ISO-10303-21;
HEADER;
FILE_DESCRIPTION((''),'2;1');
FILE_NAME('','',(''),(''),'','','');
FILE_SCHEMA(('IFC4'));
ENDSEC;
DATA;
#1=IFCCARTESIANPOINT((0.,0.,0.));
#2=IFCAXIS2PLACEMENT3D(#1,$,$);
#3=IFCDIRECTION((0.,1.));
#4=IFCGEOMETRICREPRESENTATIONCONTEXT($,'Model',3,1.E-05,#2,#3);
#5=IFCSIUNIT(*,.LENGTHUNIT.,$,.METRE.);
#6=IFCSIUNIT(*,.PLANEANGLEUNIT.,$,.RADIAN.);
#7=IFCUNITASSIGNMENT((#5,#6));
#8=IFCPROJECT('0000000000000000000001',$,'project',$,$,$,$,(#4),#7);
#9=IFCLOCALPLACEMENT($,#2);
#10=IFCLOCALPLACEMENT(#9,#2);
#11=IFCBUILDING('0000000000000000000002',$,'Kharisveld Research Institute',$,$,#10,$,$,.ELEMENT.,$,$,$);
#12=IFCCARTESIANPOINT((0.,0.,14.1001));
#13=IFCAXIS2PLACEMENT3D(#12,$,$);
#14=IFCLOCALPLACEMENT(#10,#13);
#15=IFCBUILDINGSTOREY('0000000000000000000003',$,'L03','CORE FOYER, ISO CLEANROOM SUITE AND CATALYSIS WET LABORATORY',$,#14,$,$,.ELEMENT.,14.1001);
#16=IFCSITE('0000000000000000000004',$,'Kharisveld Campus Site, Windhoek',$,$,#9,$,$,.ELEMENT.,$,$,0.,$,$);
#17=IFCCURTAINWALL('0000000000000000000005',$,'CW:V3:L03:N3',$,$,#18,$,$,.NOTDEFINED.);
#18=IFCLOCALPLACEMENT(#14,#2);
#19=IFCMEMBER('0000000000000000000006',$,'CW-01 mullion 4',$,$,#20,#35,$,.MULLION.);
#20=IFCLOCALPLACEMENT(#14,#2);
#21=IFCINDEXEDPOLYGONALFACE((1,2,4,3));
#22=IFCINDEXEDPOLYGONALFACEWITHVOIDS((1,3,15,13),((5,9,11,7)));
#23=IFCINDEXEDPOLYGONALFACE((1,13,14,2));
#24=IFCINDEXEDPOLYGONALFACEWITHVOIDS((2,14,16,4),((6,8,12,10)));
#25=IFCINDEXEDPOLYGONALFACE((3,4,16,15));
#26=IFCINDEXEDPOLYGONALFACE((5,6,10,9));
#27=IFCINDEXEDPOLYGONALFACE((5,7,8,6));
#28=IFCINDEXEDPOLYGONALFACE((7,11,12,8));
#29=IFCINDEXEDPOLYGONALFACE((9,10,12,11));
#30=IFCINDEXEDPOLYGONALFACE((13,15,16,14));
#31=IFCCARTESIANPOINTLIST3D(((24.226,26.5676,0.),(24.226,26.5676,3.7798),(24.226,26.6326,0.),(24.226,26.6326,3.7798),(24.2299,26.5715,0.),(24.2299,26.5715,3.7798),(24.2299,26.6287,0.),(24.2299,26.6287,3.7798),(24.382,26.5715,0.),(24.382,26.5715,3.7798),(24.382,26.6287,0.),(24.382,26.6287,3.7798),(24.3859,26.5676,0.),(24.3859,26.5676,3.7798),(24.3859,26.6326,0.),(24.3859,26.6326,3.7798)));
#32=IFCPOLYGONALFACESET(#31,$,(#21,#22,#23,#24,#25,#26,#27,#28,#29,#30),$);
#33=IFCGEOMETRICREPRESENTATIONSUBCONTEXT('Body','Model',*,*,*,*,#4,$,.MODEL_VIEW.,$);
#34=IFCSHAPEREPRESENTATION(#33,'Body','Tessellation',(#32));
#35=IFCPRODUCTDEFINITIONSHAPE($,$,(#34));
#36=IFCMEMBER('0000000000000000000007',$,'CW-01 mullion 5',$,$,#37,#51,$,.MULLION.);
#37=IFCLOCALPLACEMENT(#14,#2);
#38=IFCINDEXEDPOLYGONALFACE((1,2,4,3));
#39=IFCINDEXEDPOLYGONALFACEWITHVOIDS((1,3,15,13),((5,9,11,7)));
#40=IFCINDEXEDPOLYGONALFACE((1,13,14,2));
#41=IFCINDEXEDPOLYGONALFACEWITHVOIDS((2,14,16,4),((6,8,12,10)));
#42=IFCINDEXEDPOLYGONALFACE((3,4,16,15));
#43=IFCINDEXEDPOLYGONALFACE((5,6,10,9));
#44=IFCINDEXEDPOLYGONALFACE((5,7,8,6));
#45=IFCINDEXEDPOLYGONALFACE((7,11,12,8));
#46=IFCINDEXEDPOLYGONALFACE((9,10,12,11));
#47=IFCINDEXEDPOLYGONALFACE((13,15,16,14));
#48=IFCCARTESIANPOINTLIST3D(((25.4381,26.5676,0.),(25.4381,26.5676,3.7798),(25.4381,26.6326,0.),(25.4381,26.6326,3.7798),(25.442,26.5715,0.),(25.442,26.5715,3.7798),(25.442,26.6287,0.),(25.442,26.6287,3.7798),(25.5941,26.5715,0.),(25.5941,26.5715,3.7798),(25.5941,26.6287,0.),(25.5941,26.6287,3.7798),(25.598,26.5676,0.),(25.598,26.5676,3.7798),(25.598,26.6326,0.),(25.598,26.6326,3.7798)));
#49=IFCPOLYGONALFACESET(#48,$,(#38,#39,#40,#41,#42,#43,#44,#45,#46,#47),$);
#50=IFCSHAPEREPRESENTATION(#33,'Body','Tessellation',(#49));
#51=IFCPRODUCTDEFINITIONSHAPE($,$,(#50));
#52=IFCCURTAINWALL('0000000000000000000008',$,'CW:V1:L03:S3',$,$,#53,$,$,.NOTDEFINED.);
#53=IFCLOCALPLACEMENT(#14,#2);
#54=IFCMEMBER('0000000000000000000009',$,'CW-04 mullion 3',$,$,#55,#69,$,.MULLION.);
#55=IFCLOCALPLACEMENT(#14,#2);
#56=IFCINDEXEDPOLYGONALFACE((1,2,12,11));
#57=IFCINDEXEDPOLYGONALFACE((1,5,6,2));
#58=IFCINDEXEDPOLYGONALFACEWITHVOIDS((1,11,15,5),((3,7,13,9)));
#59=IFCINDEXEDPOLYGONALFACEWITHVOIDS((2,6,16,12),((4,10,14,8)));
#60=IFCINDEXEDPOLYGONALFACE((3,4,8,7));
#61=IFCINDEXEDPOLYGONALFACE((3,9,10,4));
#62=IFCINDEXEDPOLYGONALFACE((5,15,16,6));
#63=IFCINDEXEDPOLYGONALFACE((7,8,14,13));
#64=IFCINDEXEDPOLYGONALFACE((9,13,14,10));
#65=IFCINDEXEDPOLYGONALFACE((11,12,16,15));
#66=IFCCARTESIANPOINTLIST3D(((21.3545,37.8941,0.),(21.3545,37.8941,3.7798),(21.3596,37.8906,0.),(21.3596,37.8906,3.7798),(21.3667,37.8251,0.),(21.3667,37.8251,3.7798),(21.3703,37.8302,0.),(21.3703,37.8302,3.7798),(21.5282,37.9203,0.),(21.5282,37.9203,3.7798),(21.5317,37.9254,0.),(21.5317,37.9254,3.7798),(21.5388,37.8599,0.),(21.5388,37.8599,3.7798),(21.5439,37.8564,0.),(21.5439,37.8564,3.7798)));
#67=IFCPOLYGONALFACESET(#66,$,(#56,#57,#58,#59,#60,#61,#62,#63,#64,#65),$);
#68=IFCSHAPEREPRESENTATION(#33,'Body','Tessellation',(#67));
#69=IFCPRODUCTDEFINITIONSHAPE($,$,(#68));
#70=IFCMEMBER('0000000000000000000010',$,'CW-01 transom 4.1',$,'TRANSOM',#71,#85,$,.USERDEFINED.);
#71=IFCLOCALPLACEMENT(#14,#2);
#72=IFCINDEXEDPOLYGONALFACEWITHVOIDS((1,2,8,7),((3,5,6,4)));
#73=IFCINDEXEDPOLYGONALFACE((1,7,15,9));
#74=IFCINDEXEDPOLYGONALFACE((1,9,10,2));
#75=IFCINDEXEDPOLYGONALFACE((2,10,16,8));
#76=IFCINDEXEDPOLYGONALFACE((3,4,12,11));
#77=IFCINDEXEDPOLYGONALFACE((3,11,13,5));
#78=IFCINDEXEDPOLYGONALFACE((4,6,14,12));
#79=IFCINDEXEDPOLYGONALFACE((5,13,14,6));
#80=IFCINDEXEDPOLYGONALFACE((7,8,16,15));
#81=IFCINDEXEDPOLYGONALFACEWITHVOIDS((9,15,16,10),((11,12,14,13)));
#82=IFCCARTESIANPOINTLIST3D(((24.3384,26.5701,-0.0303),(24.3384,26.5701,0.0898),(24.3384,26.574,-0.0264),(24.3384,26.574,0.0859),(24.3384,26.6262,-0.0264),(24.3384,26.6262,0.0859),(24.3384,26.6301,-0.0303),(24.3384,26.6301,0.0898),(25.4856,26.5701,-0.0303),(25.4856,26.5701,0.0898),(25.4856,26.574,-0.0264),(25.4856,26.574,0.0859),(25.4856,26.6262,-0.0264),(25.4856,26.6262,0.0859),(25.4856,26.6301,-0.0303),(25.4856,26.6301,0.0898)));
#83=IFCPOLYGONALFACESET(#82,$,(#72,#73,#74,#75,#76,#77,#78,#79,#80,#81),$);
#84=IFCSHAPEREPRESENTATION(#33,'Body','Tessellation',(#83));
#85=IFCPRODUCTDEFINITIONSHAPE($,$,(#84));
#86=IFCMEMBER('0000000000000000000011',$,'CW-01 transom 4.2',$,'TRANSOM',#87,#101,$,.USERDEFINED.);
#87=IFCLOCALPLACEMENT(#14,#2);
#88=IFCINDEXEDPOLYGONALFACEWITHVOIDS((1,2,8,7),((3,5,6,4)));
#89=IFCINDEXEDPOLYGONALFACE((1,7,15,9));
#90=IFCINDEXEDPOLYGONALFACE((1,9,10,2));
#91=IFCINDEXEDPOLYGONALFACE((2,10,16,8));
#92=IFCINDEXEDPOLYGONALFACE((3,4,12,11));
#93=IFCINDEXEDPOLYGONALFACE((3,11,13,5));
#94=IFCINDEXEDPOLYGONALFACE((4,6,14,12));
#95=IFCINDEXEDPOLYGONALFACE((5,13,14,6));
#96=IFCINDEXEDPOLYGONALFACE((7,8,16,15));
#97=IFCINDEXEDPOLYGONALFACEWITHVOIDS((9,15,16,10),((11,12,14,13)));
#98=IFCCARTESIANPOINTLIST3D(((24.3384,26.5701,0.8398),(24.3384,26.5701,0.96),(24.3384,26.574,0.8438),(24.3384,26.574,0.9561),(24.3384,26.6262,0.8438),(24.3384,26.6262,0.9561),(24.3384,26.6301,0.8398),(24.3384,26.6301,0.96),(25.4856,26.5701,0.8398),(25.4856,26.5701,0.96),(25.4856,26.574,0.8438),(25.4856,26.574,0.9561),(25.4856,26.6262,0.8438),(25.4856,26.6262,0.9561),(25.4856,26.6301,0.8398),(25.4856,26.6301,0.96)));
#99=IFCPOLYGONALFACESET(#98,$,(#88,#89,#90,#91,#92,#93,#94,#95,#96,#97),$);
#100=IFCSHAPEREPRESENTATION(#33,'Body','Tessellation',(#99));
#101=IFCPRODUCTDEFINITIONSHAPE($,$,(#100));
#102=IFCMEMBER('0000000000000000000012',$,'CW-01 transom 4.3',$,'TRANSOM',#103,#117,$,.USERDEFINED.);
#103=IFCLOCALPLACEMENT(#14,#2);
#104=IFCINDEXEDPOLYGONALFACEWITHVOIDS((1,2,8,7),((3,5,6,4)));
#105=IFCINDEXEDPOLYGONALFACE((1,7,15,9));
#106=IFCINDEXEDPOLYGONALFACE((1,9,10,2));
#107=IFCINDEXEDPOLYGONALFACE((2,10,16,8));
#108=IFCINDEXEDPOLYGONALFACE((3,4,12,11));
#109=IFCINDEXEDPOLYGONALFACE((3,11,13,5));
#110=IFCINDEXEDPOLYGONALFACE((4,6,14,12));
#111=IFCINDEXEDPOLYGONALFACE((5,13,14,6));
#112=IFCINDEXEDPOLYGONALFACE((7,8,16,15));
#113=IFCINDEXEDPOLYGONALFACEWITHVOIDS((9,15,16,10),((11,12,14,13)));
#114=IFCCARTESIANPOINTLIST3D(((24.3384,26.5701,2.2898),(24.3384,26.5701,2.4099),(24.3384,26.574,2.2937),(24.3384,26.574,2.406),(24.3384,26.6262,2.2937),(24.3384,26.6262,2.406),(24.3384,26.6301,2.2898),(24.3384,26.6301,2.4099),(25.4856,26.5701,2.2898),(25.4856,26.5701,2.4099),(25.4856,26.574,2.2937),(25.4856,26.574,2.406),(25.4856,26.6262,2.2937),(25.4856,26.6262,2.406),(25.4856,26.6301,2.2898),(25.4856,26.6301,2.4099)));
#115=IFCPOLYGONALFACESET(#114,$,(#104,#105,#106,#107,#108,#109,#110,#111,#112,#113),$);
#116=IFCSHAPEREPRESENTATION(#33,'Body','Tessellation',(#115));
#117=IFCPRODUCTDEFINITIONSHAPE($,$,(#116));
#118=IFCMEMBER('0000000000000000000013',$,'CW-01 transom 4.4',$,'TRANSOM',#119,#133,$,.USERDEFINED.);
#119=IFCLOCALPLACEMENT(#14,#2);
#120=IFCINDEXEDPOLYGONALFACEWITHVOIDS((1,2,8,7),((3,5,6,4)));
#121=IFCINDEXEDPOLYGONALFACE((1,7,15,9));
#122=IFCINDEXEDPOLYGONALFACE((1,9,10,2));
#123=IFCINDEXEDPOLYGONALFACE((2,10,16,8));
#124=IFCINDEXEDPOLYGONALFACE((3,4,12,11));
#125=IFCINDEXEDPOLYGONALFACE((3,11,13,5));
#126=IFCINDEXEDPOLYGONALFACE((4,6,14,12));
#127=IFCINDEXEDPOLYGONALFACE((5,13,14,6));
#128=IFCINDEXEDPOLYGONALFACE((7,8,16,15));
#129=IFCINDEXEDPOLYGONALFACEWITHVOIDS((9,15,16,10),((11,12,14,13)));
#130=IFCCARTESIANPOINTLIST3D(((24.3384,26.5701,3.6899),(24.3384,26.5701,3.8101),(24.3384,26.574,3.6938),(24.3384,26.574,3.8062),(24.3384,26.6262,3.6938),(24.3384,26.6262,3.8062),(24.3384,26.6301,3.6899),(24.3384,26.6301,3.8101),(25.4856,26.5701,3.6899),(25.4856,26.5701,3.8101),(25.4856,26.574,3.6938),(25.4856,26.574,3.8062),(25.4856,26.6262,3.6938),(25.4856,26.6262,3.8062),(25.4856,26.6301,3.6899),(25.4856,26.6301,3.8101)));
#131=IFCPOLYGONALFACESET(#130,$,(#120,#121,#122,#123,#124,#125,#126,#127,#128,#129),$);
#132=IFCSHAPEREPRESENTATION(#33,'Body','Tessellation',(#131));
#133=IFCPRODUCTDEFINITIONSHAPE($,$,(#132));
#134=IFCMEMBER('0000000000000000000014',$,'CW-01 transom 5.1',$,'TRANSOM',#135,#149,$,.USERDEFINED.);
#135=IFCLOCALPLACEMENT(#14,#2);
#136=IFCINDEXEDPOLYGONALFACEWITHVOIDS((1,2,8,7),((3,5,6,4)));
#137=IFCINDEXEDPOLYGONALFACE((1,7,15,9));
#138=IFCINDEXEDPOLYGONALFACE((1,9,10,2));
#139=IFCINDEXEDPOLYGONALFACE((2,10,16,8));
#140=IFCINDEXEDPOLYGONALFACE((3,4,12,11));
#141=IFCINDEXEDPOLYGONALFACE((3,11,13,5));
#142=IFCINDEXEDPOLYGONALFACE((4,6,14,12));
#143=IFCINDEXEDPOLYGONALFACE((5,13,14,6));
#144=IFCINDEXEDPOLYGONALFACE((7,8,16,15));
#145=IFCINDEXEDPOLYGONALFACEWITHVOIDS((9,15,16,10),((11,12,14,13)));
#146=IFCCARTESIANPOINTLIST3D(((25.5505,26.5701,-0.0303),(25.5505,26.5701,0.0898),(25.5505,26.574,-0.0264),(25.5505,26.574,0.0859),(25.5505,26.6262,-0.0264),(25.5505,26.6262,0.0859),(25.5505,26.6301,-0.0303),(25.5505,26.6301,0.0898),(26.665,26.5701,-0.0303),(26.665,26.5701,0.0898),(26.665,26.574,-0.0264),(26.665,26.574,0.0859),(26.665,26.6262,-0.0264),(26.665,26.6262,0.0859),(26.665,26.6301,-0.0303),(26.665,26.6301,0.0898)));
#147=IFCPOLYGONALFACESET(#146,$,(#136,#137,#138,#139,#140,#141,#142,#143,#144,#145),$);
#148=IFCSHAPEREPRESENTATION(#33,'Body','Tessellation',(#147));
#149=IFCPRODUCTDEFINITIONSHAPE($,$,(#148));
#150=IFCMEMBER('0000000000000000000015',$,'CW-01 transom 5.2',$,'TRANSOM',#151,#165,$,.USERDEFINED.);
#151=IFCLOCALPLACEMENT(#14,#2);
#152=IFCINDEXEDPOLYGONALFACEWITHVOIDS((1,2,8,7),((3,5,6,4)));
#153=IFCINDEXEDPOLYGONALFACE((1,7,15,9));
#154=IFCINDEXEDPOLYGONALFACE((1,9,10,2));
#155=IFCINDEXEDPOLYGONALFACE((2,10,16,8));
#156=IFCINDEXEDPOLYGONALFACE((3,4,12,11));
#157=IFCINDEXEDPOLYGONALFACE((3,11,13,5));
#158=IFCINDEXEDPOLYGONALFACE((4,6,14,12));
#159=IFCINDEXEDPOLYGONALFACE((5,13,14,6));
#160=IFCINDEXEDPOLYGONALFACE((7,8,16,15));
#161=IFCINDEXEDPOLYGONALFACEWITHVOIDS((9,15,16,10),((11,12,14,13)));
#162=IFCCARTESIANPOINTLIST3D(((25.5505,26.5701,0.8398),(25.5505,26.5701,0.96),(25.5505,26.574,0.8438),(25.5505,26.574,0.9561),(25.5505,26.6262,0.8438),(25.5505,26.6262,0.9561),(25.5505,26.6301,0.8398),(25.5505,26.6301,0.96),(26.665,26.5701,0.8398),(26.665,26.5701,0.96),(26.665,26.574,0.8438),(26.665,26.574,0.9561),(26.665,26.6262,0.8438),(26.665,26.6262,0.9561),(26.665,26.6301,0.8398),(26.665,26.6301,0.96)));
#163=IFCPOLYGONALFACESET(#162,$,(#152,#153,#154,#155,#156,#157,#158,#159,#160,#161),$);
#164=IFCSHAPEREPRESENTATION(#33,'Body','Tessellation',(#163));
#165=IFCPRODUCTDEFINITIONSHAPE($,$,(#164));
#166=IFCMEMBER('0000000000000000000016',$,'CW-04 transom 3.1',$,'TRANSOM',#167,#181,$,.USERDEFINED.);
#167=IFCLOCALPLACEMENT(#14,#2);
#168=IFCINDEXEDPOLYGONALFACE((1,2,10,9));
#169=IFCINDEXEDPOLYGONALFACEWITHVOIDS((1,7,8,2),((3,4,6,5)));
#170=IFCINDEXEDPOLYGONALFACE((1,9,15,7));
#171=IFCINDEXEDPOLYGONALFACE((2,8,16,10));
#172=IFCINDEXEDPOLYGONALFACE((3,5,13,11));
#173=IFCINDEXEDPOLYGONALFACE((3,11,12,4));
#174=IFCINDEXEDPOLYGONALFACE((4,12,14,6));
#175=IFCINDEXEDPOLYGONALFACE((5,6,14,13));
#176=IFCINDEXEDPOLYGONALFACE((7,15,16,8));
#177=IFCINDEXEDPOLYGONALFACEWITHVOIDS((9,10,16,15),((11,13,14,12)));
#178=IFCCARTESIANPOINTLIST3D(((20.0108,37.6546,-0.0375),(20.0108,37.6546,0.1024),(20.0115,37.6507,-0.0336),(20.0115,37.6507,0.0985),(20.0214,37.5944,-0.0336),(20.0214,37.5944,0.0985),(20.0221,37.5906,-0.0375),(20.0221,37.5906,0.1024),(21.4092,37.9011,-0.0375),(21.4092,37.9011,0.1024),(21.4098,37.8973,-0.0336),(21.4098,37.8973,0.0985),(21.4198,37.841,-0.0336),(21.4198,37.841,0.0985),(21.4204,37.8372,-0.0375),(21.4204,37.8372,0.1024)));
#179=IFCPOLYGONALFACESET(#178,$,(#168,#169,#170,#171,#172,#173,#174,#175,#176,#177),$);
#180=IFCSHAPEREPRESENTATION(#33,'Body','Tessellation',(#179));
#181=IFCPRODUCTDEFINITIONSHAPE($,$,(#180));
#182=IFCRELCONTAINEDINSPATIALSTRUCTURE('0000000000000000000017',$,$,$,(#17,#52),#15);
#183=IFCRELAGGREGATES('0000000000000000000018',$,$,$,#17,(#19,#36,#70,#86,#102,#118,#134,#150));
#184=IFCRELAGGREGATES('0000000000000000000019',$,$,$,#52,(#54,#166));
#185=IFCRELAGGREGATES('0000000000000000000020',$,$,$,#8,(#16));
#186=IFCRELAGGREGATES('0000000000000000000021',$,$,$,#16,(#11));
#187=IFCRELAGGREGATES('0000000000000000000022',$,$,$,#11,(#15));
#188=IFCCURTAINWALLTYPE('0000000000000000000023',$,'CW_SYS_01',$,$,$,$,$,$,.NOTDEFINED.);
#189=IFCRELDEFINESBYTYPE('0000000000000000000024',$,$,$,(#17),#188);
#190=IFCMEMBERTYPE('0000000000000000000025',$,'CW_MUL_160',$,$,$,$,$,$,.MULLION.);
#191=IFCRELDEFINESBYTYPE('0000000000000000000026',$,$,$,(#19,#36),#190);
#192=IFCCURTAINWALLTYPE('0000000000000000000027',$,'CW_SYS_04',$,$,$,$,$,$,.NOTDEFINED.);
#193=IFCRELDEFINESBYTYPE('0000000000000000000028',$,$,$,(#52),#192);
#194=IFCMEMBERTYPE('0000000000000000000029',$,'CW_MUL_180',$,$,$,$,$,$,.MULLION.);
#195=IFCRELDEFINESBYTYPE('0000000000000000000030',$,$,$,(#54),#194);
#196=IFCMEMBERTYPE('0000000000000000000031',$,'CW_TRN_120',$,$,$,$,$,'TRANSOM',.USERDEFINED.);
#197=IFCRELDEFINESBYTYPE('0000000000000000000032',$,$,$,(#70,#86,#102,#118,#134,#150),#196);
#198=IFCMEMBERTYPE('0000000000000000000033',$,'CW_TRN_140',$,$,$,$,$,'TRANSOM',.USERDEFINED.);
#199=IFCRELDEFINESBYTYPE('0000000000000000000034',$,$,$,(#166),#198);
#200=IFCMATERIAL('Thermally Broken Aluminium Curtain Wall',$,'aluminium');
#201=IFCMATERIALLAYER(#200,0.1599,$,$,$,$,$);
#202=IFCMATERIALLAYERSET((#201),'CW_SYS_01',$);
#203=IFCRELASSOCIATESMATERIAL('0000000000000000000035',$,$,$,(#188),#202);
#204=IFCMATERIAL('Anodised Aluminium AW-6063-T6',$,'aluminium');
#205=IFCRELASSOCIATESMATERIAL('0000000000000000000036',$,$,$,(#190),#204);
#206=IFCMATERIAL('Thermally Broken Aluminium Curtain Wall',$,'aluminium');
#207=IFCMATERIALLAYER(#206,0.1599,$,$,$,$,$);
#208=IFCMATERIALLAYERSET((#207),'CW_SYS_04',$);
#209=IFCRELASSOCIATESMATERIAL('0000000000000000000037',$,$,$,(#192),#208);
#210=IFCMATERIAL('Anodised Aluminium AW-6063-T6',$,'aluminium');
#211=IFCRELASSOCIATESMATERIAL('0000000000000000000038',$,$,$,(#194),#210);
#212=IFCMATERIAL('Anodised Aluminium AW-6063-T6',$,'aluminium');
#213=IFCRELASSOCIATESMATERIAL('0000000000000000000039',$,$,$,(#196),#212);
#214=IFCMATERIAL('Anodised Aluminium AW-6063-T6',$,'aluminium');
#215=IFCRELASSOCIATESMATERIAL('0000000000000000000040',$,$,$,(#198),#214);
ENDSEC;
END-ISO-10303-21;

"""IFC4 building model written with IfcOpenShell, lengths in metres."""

from ifc_helpers import new_model, si_unit, direction, frame, origin, origin_2d, place, context, subcontext, project, spatial, hollow_rectangle, extrude, material, layer, layer_set, material_profile, profile_set, type_object, element, aggregate, save


model = new_model("IFC4")

# Units and contexts
model_context = context("Model", 3, precision=1e-05, world=origin(), true_north=direction((0.0, 1.0)))
body_context = subcontext(model_context, "Body", "Model", "MODEL_VIEW")
ifc_project = project(units=[si_unit("LENGTHUNIT", "METRE"), si_unit("PLANEANGLEUNIT", "RADIAN")], contexts=[model_context])

# Site, building, storey
site_placement = place(None, origin())
site = spatial("IfcSite", under=ifc_project, at=site_placement, Name="Kharisveld Campus Site, Windhoek", CompositionType="ELEMENT", RefElevation=0.0)
building_placement = place(site_placement, origin())
building = spatial("IfcBuilding", under=site, at=building_placement, Name="Kharisveld Research Institute", CompositionType="ELEMENT")
storey_placement = place(building_placement, frame((0.0, 0.0, 14.1001)))
storey = spatial("IfcBuildingStorey", under=building, at=storey_placement, Name="L03", Description="CORE FOYER, ISO CLEANROOM SUITE AND CATALYSIS WET LABORATORY", CompositionType="ELEMENT", Elevation=14.1001)

# Curtain wall, members
ifc_material_1 = material(Name="Thermally Broken Aluminium Curtain Wall", Category="aluminium")
ifc_layer_1 = layer(ifc_material_1, 0.1599)
ifc_layer_set_1 = layer_set([ifc_layer_1], Name="CW_SYS_01")
curtain_wall_type_1 = type_object("IfcCurtainWallType", Name="CW_SYS_01", PredefinedType="NOTDEFINED", material=ifc_layer_set_1)
curtain_wall_1_placement = place(storey_placement, origin())
curtain_wall_1 = element("IfcCurtainWall", 1, at=curtain_wall_1_placement, inside=storey, type_object=curtain_wall_type_1, Name="CW:V3:L03:N3", PredefinedType="NOTDEFINED")
ifc_material_2 = material(Name="Anodised Aluminium AW-6063-T6", Category="aluminium")
ifc_material_profile_1 = material_profile(ifc_material_2, hollow_rectangle(XDim=0.0649, YDim=0.1599, WallThickness=0.0039, at=origin_2d()))
ifc_profile_set_1 = profile_set([ifc_material_profile_1], Name="Anodised Aluminium AW-6063-T6")
member_type_1 = type_object("IfcMemberType", Name="CW_MUL_160", PredefinedType="MULLION", material=ifc_profile_set_1)
member_1_placement = place(storey_placement, frame((24.3059, 26.6001, 0.0), z_axis=(0.0, 0.0, 1.0), x_axis=(0.0, 1.0, 0.0)))
member_1 = element("IfcMember", 2, at=member_1_placement, type_object=member_type_1, Name="CW-01 mullion 4", PredefinedType="MULLION", context=body_context, shape_type="SweptSolid", body=[
    extrude(hollow_rectangle(XDim=0.0649, YDim=0.1599, WallThickness=0.0039, at=origin_2d()), origin(), (0.0, 0.0, 1.0), 3.7798),
])
member_2_placement = place(storey_placement, frame((25.5181, 26.6001, 0.0), z_axis=(0.0, 0.0, 1.0), x_axis=(0.0, 1.0, 0.0)))
member_2 = element("IfcMember", 3, at=member_2_placement, type_object=member_type_1, Name="CW-01 mullion 5", PredefinedType="MULLION", context=body_context, shape_type="SweptSolid", body=[
    extrude(hollow_rectangle(XDim=0.0649, YDim=0.1599, WallThickness=0.0039, at=origin_2d()), origin(), (0.0, 0.0, 1.0), 3.7798),
])

# Curtain wall, member
ifc_material_3 = material(Name="Thermally Broken Aluminium Curtain Wall", Category="aluminium")
ifc_layer_2 = layer(ifc_material_3, 0.1599)
ifc_layer_set_2 = layer_set([ifc_layer_2], Name="CW_SYS_04")
curtain_wall_type_2 = type_object("IfcCurtainWallType", Name="CW_SYS_04", PredefinedType="NOTDEFINED", material=ifc_layer_set_2)
curtain_wall_2_placement = place(storey_placement, origin())
curtain_wall_2 = element("IfcCurtainWall", 4, at=curtain_wall_2_placement, inside=storey, type_object=curtain_wall_type_2, Name="CW:V1:L03:S3", PredefinedType="NOTDEFINED")
ifc_material_4 = material(Name="Anodised Aluminium AW-6063-T6", Category="aluminium")
ifc_material_profile_2 = material_profile(ifc_material_4, hollow_rectangle(XDim=0.0701, YDim=0.1799, WallThickness=0.0044, at=origin_2d()))
ifc_profile_set_2 = profile_set([ifc_material_profile_2], Name="Anodised Aluminium AW-6063-T6")
member_type_2 = type_object("IfcMemberType", Name="CW_MUL_180", PredefinedType="MULLION", material=ifc_profile_set_2)
member_3_placement = place(storey_placement, frame((21.4492, 37.8752, 0.0), z_axis=(0.0, 0.0, 1.0), x_axis=(0.173648, -0.984808, 0.0)))
member_3 = element("IfcMember", 5, at=member_3_placement, type_object=member_type_2, Name="CW-04 mullion 3", PredefinedType="MULLION", context=body_context, shape_type="SweptSolid", body=[
    extrude(hollow_rectangle(XDim=0.0701, YDim=0.1799, WallThickness=0.0044, at=origin_2d()), origin(), (0.0, 0.0, 1.0), 3.7798),
])

# Members
ifc_material_5 = material(Name="Anodised Aluminium AW-6063-T6", Category="aluminium")
ifc_material_profile_3 = material_profile(ifc_material_5, hollow_rectangle(XDim=0.0601, YDim=0.1201, WallThickness=0.0039, at=origin_2d()))
ifc_profile_set_3 = profile_set([ifc_material_profile_3], Name="Anodised Aluminium AW-6063-T6")
member_type_3 = type_object("IfcMemberType", Name="CW_TRN_120", ElementType="TRANSOM", PredefinedType="USERDEFINED", material=ifc_profile_set_3)
member_4_placement = place(storey_placement, frame((24.3384, 26.6001, 0.0298), z_axis=(1.0, 0.0, 0.0), x_axis=(0.0, 1.0, 0.0)))
member_4 = element("IfcMember", 6, at=member_4_placement, type_object=member_type_3, Name="CW-01 transom 4.1", ObjectType="TRANSOM", PredefinedType="USERDEFINED", context=body_context, shape_type="SweptSolid", body=[
    extrude(hollow_rectangle(XDim=0.0601, YDim=0.1201, WallThickness=0.0039, at=origin_2d()), origin(), (0.0, 0.0, 1.0), 1.1472),
])
member_5_placement = place(storey_placement, frame((24.3384, 26.6001, 0.8999), z_axis=(1.0, 0.0, 0.0), x_axis=(0.0, 1.0, 0.0)))
member_5 = element("IfcMember", 7, at=member_5_placement, type_object=member_type_3, Name="CW-01 transom 4.2", ObjectType="TRANSOM", PredefinedType="USERDEFINED", context=body_context, shape_type="SweptSolid", body=[
    extrude(hollow_rectangle(XDim=0.0601, YDim=0.1201, WallThickness=0.0039, at=origin_2d()), origin(), (0.0, 0.0, 1.0), 1.1472),
])
member_6_placement = place(storey_placement, frame((24.3384, 26.6001, 2.3499), z_axis=(1.0, 0.0, 0.0), x_axis=(0.0, 1.0, 0.0)))
member_6 = element("IfcMember", 8, at=member_6_placement, type_object=member_type_3, Name="CW-01 transom 4.3", ObjectType="TRANSOM", PredefinedType="USERDEFINED", context=body_context, shape_type="SweptSolid", body=[
    extrude(hollow_rectangle(XDim=0.0601, YDim=0.1201, WallThickness=0.0039, at=origin_2d()), origin(), (0.0, 0.0, 1.0), 1.1472),
])
member_7_placement = place(storey_placement, frame((24.3384, 26.6001, 3.75), z_axis=(1.0, 0.0, 0.0), x_axis=(0.0, 1.0, 0.0)))
member_7 = element("IfcMember", 9, at=member_7_placement, type_object=member_type_3, Name="CW-01 transom 4.4", ObjectType="TRANSOM", PredefinedType="USERDEFINED", context=body_context, shape_type="SweptSolid", body=[
    extrude(hollow_rectangle(XDim=0.0601, YDim=0.1201, WallThickness=0.0039, at=origin_2d()), origin(), (0.0, 0.0, 1.0), 1.1472),
])
member_8_placement = place(storey_placement, frame((25.5505, 26.6001, 0.0298), z_axis=(1.0, 0.0, 0.0), x_axis=(0.0, 1.0, 0.0)))
member_8 = element("IfcMember", 10, at=member_8_placement, type_object=member_type_3, Name="CW-01 transom 5.1", ObjectType="TRANSOM", PredefinedType="USERDEFINED", context=body_context, shape_type="SweptSolid", body=[
    extrude(hollow_rectangle(XDim=0.0601, YDim=0.1201, WallThickness=0.0039, at=origin_2d()), origin(), (0.0, 0.0, 1.0), 1.1145),
])
member_9_placement = place(storey_placement, frame((25.5505, 26.6001, 0.8999), z_axis=(1.0, 0.0, 0.0), x_axis=(0.0, 1.0, 0.0)))
member_9 = element("IfcMember", 11, at=member_9_placement, type_object=member_type_3, Name="CW-01 transom 5.2", ObjectType="TRANSOM", PredefinedType="USERDEFINED", context=body_context, shape_type="SweptSolid", body=[
    extrude(hollow_rectangle(XDim=0.0601, YDim=0.1201, WallThickness=0.0039, at=origin_2d()), origin(), (0.0, 0.0, 1.0), 1.1145),
])
ifc_material_6 = material(Name="Anodised Aluminium AW-6063-T6", Category="aluminium")
ifc_material_profile_4 = material_profile(ifc_material_6, hollow_rectangle(XDim=0.0649, YDim=0.1399, WallThickness=0.0039, at=origin_2d()))
ifc_profile_set_4 = profile_set([ifc_material_profile_4], Name="Anodised Aluminium AW-6063-T6")
member_type_4 = type_object("IfcMemberType", Name="CW_TRN_140", ElementType="TRANSOM", PredefinedType="USERDEFINED", material=ifc_profile_set_4)
member_10_placement = place(storey_placement, frame((21.4148, 37.8691, 0.0325), z_axis=(-0.984808, -0.173648, 0.0), x_axis=(0.173648, -0.984808, 0.0)))
member_10 = element("IfcMember", 12, at=member_10_placement, type_object=member_type_4, Name="CW-04 transom 3.1", ObjectType="TRANSOM", PredefinedType="USERDEFINED", context=body_context, shape_type="SweptSolid", body=[
    extrude(hollow_rectangle(XDim=0.0649, YDim=0.1399, WallThickness=0.0039, at=origin_2d()), origin(), (0.0, 0.0, 1.0), 1.4199),
])

aggregate(curtain_wall_1, [member_1, member_2, member_4, member_5, member_6, member_7, member_8, member_9])
aggregate(curtain_wall_2, [member_3, member_10])

save(model, "model.ifc")
